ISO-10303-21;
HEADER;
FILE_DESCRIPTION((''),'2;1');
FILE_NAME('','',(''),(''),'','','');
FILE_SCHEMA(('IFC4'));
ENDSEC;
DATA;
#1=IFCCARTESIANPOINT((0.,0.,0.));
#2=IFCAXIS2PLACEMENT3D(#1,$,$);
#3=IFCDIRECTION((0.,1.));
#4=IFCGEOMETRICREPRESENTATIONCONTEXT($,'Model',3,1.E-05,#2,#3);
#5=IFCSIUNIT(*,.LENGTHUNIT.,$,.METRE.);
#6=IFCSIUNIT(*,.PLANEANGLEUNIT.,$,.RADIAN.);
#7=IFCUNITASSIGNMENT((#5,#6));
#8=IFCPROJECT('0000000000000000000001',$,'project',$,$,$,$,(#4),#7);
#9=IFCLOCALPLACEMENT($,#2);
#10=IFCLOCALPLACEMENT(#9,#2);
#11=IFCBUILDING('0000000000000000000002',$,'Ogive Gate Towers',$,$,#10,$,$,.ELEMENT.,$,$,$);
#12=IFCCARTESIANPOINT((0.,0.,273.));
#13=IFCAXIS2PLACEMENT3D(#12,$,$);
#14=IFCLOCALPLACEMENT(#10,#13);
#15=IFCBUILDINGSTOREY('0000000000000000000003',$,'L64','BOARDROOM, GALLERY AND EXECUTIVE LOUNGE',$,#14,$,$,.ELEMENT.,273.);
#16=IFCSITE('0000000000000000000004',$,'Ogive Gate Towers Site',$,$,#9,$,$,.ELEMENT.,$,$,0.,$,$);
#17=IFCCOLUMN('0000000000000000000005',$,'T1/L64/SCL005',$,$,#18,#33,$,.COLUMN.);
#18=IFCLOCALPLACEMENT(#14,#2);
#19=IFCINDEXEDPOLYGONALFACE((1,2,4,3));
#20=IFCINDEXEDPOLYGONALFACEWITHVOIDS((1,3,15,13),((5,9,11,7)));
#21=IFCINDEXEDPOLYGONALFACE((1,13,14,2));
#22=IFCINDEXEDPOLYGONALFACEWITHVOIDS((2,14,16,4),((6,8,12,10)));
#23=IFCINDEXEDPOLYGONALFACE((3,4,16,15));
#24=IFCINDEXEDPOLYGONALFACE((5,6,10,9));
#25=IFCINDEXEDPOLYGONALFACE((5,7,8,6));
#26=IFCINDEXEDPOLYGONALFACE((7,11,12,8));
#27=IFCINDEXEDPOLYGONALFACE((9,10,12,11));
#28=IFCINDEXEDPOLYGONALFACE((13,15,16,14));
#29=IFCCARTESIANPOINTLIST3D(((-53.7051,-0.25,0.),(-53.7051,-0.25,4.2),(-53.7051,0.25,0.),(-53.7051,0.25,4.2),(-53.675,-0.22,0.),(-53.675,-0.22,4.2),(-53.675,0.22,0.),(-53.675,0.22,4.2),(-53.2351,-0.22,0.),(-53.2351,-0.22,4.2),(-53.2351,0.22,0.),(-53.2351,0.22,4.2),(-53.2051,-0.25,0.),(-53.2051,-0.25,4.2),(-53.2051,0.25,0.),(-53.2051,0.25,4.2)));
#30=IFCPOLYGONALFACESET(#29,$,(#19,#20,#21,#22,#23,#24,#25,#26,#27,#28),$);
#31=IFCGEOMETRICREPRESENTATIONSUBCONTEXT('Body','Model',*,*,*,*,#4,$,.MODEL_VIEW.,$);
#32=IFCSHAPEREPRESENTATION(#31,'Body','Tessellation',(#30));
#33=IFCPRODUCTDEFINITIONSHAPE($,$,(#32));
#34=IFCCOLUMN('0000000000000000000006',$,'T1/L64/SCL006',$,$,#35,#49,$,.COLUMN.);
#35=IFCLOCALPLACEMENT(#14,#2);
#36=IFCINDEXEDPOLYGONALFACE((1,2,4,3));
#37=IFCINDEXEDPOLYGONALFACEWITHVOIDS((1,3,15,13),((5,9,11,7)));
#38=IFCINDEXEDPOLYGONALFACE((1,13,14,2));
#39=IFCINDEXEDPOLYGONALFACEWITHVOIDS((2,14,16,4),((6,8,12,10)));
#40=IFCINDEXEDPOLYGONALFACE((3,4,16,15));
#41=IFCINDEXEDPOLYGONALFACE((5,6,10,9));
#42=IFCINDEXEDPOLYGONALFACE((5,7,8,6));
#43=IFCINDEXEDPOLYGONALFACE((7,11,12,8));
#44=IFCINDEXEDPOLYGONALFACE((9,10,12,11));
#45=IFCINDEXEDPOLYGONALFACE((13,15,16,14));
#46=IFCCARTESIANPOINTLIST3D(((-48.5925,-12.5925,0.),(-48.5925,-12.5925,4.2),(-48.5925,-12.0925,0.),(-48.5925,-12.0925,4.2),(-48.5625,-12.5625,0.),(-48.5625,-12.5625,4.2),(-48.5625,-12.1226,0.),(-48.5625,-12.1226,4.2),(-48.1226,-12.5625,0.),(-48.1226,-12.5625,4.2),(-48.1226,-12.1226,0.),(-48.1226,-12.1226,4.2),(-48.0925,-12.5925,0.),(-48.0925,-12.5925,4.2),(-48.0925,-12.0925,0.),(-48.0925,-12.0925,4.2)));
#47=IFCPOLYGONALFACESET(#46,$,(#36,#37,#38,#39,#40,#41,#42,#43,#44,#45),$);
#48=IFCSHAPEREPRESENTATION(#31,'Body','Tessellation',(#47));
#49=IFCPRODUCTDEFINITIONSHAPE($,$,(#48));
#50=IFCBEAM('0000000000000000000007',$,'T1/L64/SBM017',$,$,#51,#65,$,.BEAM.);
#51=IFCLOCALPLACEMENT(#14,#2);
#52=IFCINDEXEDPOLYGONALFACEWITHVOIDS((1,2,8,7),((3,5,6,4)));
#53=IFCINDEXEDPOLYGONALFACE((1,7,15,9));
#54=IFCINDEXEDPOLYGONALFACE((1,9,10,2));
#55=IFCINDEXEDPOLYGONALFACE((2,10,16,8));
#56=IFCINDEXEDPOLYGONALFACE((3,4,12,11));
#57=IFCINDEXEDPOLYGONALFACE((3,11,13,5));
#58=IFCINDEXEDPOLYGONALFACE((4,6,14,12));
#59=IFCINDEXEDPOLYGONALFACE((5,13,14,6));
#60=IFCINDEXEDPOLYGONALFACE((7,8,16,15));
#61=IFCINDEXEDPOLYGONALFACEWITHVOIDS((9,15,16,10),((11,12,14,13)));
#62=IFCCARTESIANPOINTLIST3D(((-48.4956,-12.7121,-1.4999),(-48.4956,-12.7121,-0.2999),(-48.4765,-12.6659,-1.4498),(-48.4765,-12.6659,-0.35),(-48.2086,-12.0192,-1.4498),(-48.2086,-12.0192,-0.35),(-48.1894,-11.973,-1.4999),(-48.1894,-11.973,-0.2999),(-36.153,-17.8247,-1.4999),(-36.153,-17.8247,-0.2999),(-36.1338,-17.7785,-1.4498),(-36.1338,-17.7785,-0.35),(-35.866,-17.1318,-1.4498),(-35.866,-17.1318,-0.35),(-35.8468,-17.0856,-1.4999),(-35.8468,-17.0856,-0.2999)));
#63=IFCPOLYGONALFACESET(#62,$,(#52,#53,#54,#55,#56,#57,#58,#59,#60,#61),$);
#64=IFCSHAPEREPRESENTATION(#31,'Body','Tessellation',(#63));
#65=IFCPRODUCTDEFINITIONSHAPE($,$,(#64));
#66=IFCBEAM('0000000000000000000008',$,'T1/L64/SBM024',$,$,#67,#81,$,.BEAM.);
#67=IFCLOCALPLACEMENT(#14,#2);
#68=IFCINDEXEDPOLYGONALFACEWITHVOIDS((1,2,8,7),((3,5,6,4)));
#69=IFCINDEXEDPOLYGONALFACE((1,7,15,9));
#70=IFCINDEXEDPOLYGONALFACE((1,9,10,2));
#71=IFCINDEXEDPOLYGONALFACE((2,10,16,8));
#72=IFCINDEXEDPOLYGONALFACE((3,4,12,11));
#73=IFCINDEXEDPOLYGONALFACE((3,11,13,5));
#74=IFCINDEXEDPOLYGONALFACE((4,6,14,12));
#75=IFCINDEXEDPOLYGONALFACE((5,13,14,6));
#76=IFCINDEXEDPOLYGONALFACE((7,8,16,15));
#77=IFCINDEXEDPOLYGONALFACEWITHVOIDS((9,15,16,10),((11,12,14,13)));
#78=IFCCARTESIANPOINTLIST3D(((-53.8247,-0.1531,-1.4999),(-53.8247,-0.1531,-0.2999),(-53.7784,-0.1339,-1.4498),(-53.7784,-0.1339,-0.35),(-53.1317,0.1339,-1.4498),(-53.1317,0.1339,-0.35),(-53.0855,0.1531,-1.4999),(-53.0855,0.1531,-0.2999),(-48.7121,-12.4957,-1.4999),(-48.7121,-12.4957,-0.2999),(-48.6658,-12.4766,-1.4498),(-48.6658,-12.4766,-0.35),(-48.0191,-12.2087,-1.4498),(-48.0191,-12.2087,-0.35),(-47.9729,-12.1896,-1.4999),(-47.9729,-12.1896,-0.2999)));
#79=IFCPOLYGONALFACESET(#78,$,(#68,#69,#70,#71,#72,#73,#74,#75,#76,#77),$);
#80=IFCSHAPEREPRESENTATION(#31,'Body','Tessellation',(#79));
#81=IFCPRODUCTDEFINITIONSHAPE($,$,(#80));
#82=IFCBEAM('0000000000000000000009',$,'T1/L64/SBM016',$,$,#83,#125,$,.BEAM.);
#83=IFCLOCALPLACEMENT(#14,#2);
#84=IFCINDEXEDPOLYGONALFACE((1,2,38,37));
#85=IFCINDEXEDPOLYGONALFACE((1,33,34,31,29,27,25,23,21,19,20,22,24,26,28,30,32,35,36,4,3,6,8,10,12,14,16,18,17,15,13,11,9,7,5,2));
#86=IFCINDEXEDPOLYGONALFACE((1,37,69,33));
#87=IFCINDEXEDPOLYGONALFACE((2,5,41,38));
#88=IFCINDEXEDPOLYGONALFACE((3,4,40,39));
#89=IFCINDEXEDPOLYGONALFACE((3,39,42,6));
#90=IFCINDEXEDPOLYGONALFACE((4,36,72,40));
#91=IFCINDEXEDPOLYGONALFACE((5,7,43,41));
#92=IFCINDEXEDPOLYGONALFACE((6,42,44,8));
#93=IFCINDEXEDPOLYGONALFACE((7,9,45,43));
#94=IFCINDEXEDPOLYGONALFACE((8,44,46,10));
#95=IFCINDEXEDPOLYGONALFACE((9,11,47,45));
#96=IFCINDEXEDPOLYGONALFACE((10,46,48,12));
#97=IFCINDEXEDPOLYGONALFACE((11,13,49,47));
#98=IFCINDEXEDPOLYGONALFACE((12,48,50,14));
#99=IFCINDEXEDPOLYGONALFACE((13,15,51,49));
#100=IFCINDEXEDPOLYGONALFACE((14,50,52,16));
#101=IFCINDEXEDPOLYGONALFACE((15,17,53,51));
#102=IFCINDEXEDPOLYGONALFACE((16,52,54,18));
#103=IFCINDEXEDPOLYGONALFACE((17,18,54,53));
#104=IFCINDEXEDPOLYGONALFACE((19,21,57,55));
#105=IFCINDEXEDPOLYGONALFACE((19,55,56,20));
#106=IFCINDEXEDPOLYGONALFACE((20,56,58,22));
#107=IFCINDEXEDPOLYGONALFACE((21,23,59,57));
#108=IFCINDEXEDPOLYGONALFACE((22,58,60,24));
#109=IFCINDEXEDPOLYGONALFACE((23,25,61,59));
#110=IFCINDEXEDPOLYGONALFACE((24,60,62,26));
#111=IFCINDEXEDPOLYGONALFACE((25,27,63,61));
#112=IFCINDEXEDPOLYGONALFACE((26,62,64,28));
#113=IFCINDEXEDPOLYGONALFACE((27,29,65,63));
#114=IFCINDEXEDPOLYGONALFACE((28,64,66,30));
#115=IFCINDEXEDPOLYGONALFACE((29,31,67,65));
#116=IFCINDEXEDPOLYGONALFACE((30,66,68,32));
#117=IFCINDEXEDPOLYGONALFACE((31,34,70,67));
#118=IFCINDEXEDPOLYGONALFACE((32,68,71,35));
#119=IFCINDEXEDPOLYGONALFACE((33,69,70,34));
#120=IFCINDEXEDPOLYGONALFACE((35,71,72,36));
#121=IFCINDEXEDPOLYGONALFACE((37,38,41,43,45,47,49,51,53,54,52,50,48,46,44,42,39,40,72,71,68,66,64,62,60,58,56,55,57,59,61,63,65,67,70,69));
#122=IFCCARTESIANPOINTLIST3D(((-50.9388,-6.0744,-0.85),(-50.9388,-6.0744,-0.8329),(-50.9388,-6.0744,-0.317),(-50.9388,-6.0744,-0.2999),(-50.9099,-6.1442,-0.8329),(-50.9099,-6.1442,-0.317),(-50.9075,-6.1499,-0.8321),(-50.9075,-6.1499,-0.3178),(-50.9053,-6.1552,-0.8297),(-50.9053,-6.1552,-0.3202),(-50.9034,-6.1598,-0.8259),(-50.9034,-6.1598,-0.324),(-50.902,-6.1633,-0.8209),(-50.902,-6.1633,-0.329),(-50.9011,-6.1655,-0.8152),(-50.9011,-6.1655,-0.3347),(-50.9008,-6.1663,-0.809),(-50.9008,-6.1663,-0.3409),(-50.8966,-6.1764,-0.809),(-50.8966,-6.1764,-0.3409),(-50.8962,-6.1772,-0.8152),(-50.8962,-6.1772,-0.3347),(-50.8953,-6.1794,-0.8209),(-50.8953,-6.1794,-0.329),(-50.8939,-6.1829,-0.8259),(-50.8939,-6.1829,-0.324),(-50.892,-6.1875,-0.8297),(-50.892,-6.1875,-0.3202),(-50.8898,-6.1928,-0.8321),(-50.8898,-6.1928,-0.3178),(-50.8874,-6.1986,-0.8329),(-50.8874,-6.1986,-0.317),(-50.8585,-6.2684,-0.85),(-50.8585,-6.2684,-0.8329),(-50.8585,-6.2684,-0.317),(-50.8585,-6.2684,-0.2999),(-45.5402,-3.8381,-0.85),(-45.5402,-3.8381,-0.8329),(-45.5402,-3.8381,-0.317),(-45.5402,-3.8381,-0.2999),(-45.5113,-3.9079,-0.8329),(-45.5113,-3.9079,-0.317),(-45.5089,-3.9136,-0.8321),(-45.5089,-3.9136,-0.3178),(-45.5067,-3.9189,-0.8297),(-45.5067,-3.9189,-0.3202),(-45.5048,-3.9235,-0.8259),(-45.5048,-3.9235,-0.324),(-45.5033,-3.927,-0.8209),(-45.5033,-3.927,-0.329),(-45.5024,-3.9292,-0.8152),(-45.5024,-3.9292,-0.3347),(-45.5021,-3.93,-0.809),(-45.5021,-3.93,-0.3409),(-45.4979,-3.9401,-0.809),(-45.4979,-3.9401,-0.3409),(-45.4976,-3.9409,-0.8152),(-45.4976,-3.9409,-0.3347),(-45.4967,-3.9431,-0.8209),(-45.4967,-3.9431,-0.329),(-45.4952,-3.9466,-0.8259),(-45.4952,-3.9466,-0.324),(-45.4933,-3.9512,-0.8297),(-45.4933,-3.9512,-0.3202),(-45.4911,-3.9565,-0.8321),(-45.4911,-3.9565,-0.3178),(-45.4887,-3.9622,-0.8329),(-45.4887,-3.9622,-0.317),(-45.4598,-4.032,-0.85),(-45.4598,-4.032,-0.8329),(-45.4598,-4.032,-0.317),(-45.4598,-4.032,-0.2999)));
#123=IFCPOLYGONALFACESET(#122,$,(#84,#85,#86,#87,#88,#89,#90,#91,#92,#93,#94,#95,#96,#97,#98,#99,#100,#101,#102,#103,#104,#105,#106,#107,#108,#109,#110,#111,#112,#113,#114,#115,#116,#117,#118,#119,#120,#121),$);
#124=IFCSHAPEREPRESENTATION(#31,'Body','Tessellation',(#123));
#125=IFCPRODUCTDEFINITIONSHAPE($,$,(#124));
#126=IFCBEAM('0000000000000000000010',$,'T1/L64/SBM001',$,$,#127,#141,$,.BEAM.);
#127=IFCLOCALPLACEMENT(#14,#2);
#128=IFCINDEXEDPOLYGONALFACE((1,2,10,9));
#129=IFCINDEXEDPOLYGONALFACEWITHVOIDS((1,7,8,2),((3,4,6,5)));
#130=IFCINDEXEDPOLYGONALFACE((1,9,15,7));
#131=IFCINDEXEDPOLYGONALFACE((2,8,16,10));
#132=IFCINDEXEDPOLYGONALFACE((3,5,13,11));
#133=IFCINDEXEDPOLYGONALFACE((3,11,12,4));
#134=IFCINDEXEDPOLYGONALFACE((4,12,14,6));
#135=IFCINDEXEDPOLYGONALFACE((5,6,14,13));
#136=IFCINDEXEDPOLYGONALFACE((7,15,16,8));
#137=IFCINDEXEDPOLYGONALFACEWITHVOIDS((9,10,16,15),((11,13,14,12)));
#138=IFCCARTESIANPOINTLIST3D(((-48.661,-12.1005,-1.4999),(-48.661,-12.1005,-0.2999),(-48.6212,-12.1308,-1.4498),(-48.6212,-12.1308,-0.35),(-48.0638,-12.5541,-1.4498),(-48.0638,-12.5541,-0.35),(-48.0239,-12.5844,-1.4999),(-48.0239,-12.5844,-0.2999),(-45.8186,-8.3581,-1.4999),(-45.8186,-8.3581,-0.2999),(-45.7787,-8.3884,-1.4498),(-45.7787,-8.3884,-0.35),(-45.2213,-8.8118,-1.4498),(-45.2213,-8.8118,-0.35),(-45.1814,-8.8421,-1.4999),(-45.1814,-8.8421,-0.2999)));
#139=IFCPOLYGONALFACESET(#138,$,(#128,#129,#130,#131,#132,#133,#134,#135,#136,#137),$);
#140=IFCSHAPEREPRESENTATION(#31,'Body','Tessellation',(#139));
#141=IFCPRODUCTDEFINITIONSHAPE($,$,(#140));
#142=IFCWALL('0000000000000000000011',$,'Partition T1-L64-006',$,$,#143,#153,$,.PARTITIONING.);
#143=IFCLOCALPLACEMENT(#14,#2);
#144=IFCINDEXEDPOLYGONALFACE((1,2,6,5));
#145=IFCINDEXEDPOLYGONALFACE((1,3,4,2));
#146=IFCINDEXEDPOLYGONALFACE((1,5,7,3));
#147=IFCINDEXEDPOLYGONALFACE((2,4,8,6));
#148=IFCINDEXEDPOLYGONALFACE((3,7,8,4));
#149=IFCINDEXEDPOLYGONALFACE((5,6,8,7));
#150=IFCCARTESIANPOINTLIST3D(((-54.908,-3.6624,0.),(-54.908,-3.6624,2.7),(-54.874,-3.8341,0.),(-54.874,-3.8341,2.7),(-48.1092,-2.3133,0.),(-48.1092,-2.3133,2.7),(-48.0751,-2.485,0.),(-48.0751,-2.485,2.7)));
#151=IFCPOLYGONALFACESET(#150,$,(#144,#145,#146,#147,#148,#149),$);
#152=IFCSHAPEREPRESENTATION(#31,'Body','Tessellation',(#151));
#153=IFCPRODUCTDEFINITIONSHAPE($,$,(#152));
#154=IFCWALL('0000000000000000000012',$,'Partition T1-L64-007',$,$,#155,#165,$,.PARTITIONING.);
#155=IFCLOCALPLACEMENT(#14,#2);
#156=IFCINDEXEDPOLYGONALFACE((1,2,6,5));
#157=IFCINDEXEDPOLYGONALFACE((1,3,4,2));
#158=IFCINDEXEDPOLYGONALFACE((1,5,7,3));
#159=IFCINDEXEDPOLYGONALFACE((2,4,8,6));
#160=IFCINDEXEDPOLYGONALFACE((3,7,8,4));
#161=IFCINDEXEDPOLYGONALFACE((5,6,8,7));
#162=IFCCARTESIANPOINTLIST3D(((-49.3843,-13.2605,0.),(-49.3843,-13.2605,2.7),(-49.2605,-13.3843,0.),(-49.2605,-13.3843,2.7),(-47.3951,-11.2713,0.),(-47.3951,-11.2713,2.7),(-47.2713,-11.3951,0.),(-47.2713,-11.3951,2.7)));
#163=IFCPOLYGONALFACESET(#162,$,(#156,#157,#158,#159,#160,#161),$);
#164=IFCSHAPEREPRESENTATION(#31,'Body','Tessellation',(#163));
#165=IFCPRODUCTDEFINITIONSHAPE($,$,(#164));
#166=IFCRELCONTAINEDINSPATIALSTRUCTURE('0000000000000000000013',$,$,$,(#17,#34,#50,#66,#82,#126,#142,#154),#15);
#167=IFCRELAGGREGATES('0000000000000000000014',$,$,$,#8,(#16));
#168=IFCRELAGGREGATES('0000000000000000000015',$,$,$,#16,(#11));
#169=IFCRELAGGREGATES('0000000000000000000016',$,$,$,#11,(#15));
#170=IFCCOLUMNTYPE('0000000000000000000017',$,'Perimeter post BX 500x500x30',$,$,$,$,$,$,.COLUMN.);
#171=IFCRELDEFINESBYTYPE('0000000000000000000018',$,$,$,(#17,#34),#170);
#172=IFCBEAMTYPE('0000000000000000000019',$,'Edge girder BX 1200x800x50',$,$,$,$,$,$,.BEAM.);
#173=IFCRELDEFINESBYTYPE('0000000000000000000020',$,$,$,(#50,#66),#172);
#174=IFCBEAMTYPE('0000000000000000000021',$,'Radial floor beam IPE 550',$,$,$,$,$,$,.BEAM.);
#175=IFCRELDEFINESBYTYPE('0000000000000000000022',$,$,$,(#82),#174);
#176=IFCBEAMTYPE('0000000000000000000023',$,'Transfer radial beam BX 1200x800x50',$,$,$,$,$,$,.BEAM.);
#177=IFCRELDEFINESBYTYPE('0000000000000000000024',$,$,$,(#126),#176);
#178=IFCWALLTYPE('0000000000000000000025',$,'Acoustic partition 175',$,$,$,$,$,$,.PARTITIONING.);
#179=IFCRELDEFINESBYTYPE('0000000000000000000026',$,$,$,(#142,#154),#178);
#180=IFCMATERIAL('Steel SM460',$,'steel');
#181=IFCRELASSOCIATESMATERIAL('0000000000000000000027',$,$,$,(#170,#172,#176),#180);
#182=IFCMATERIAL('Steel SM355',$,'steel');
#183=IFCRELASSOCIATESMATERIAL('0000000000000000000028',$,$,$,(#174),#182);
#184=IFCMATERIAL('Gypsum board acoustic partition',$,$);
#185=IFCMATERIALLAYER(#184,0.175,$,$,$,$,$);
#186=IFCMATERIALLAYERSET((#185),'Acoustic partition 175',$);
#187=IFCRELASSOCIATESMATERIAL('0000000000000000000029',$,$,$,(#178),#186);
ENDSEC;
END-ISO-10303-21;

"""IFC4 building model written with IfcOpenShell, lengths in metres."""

from ifc_helpers import new_model, si_unit, direction, frame, frame_2d, origin, origin_2d, place, context, subcontext, project, spatial, rectangle, hollow_rectangle, i_section, extrude, material, layer, layer_set, material_profile, profile_set, type_object, element, save


model = new_model("IFC4")

# Units and contexts
model_context = context("Model", 3, precision=1e-05, world=origin(), true_north=direction((0.0, 1.0)))
body_context = subcontext(model_context, "Body", "Model", "MODEL_VIEW")
ifc_project = project(units=[si_unit("LENGTHUNIT", "METRE"), si_unit("PLANEANGLEUNIT", "RADIAN")], contexts=[model_context])

# Site, building, storey
site_placement = place(None, origin())
site = spatial("IfcSite", under=ifc_project, at=site_placement, Name="Ogive Gate Towers Site", CompositionType="ELEMENT", RefElevation=0.0)
building_placement = place(site_placement, origin())
building = spatial("IfcBuilding", under=site, at=building_placement, Name="Ogive Gate Towers", CompositionType="ELEMENT")
storey_placement = place(building_placement, frame((0.0, 0.0, 273.0)))
storey = spatial("IfcBuildingStorey", under=building, at=storey_placement, Name="L64", Description="BOARDROOM, GALLERY AND EXECUTIVE LOUNGE", CompositionType="ELEMENT", Elevation=273.0)

# Columns
ifc_material_1 = material(Name="Steel SM460", Category="steel")
ifc_material_profile_1 = material_profile(ifc_material_1, hollow_rectangle(XDim=0.5, YDim=0.5, WallThickness=0.03, at=origin_2d()), Name="BX 500x500x30")
ifc_profile_set_1 = profile_set([ifc_material_profile_1], Name="Steel SM460")
column_type = type_object("IfcColumnType", Name="Perimeter post BX 500x500x30", PredefinedType="COLUMN", material=ifc_profile_set_1)
for number, where, z_axis, x_axis, name in (
    (1, (-53.4551, 0.0, 0.0), (0.0, 0.0, 1.0), (1.0, 0.0, 0.0), "T1/L64/SCL005"),
    (2, (-48.3425, -12.3425, 0.0), (0.0, 0.0, 1.0), (1.0, 0.0, 0.0), "T1/L64/SCL006"),
):
    element("IfcColumn", number, at=place(storey_placement, frame(where, z_axis=z_axis, x_axis=x_axis)), inside=storey, type_object=column_type, Name=name, PredefinedType="COLUMN", context=body_context, shape_type="SweptSolid", body=[
        extrude(hollow_rectangle(XDim=0.5, YDim=0.5, WallThickness=0.03, at=origin_2d()), origin(), (0.0, 0.0, 1.0), 4.2),
    ])

# Beams
ifc_material_profile_2 = material_profile(ifc_material_1, hollow_rectangle(XDim=0.8, YDim=1.2, WallThickness=0.05, at=origin_2d()), Name="BX 1200x800x50")
ifc_profile_set_2 = profile_set([ifc_material_profile_2], Name="Steel SM460")
beam_type_1 = type_object("IfcBeamType", Name="Edge girder BX 1200x800x50", PredefinedType="BEAM", material=ifc_profile_set_2)
for number, where, z_axis, x_axis, name in (
    (3, (-48.3425, -12.3425, -0.8999), (0.923877, -0.38269, 0.0), (0.38269, 0.923877, 0.0), "T1/L64/SBM017"),
    (4, (-53.4551, 0.0, -0.8999), (0.38269, -0.923877, 0.0), (0.923877, 0.38269, 0.0), "T1/L64/SBM024"),
):
    element("IfcBeam", number, at=place(storey_placement, frame(where, z_axis=z_axis, x_axis=x_axis)), inside=storey, type_object=beam_type_1, Name=name, PredefinedType="BEAM", context=body_context, shape_type="SweptSolid", body=[
        extrude(hollow_rectangle(XDim=0.8, YDim=1.2, WallThickness=0.05, at=origin_2d()), origin(), (0.0, 0.0, 1.0), 13.3596),
    ])
ifc_material_2 = material(Name="Steel SM355", Category="steel")
ifc_material_profile_3 = material_profile(ifc_material_2, i_section(OverallWidth=0.21, OverallDepth=0.55, WebThickness=0.011, FlangeThickness=0.0171, FilletRadius=0.0239, at=origin_2d()), Name="IPE 550")
ifc_profile_set_3 = profile_set([ifc_material_profile_3], Name="Steel SM355")
beam_type_2 = type_object("IfcBeamType", Name="Radial floor beam IPE 550", PredefinedType="BEAM", material=ifc_profile_set_3)
beam_1_placement = place(storey_placement, frame((-45.5, -3.9351, -0.575), z_axis=(-0.923872, -0.382701, 0.0), x_axis=(0.382701, -0.923872, 0.0)))
element("IfcBeam", 5, at=beam_1_placement, inside=storey, type_object=beam_type_2, Name="T1/L64/SBM016", PredefinedType="BEAM", context=body_context, shape_type="SweptSolid", body=[
    extrude(i_section(OverallWidth=0.21, OverallDepth=0.55, WebThickness=0.011, FlangeThickness=0.0171, FilletRadius=0.0239, at=origin_2d()), origin(), (0.0, 0.0, 1.0), 5.8435),
])
ifc_material_profile_4 = material_profile(ifc_material_1, hollow_rectangle(XDim=0.8, YDim=1.2, WallThickness=0.05, at=origin_2d()), Name="BX 1200x800x50")
ifc_profile_set_4 = profile_set([ifc_material_profile_4], Name="Steel SM460")
beam_type_3 = type_object("IfcBeamType", Name="Transfer radial beam BX 1200x800x50", PredefinedType="BEAM", material=ifc_profile_set_4)
beam_2_placement = place(storey_placement, frame((-45.5, -8.6001, -0.8999), z_axis=(-0.604851, -0.796338, 0.0), x_axis=(0.796338, -0.604851, 0.0)))
element("IfcBeam", 6, at=beam_2_placement, inside=storey, type_object=beam_type_3, Name="T1/L64/SBM001", PredefinedType="BEAM", context=body_context, shape_type="SweptSolid", body=[
    extrude(hollow_rectangle(XDim=0.8, YDim=1.2, WallThickness=0.05, at=origin_2d()), origin(), (0.0, 0.0, 1.0), 4.6995),
])

# Walls
ifc_material_3 = material(Name="Gypsum board acoustic partition")
ifc_layer = layer(ifc_material_3, 0.175)
ifc_layer_set = layer_set([ifc_layer], Name="Acoustic partition 175")
wall_type = type_object("IfcWallType", Name="Acoustic partition 175", PredefinedType="PARTITIONING", material=ifc_layer_set)
wall_1_placement = place(storey_placement, frame((-54.8911, -3.7483, 0.0), z_axis=(0.0, 0.0, 1.0), x_axis=(0.980875, 0.194639, 0.0)))
element("IfcWall", 7, at=wall_1_placement, inside=storey, type_object=wall_type, Name="Partition T1-L64-006", PredefinedType="PARTITIONING", context=body_context, shape_type="SweptSolid", body=[
    extrude(rectangle(XDim=6.9314, YDim=0.175, at=frame_2d((3.4658, 0.0))), origin(), (0.0, 0.0, 1.0), 2.7),
])
wall_2_placement = place(storey_placement, frame((-49.3225, -13.3225, 0.0), z_axis=(0.0, 0.0, 1.0), x_axis=(0.707107, 0.707107, 0.0)))
element("IfcWall", 8, at=wall_2_placement, inside=storey, type_object=wall_type, Name="Partition T1-L64-007", PredefinedType="PARTITIONING", context=body_context, shape_type="SweptSolid", body=[
    extrude(rectangle(XDim=2.8132, YDim=0.175, at=frame_2d((1.4067, 0.0))), origin(), (0.0, 0.0, 1.0), 2.7),
])

save(model, "model.ifc")
